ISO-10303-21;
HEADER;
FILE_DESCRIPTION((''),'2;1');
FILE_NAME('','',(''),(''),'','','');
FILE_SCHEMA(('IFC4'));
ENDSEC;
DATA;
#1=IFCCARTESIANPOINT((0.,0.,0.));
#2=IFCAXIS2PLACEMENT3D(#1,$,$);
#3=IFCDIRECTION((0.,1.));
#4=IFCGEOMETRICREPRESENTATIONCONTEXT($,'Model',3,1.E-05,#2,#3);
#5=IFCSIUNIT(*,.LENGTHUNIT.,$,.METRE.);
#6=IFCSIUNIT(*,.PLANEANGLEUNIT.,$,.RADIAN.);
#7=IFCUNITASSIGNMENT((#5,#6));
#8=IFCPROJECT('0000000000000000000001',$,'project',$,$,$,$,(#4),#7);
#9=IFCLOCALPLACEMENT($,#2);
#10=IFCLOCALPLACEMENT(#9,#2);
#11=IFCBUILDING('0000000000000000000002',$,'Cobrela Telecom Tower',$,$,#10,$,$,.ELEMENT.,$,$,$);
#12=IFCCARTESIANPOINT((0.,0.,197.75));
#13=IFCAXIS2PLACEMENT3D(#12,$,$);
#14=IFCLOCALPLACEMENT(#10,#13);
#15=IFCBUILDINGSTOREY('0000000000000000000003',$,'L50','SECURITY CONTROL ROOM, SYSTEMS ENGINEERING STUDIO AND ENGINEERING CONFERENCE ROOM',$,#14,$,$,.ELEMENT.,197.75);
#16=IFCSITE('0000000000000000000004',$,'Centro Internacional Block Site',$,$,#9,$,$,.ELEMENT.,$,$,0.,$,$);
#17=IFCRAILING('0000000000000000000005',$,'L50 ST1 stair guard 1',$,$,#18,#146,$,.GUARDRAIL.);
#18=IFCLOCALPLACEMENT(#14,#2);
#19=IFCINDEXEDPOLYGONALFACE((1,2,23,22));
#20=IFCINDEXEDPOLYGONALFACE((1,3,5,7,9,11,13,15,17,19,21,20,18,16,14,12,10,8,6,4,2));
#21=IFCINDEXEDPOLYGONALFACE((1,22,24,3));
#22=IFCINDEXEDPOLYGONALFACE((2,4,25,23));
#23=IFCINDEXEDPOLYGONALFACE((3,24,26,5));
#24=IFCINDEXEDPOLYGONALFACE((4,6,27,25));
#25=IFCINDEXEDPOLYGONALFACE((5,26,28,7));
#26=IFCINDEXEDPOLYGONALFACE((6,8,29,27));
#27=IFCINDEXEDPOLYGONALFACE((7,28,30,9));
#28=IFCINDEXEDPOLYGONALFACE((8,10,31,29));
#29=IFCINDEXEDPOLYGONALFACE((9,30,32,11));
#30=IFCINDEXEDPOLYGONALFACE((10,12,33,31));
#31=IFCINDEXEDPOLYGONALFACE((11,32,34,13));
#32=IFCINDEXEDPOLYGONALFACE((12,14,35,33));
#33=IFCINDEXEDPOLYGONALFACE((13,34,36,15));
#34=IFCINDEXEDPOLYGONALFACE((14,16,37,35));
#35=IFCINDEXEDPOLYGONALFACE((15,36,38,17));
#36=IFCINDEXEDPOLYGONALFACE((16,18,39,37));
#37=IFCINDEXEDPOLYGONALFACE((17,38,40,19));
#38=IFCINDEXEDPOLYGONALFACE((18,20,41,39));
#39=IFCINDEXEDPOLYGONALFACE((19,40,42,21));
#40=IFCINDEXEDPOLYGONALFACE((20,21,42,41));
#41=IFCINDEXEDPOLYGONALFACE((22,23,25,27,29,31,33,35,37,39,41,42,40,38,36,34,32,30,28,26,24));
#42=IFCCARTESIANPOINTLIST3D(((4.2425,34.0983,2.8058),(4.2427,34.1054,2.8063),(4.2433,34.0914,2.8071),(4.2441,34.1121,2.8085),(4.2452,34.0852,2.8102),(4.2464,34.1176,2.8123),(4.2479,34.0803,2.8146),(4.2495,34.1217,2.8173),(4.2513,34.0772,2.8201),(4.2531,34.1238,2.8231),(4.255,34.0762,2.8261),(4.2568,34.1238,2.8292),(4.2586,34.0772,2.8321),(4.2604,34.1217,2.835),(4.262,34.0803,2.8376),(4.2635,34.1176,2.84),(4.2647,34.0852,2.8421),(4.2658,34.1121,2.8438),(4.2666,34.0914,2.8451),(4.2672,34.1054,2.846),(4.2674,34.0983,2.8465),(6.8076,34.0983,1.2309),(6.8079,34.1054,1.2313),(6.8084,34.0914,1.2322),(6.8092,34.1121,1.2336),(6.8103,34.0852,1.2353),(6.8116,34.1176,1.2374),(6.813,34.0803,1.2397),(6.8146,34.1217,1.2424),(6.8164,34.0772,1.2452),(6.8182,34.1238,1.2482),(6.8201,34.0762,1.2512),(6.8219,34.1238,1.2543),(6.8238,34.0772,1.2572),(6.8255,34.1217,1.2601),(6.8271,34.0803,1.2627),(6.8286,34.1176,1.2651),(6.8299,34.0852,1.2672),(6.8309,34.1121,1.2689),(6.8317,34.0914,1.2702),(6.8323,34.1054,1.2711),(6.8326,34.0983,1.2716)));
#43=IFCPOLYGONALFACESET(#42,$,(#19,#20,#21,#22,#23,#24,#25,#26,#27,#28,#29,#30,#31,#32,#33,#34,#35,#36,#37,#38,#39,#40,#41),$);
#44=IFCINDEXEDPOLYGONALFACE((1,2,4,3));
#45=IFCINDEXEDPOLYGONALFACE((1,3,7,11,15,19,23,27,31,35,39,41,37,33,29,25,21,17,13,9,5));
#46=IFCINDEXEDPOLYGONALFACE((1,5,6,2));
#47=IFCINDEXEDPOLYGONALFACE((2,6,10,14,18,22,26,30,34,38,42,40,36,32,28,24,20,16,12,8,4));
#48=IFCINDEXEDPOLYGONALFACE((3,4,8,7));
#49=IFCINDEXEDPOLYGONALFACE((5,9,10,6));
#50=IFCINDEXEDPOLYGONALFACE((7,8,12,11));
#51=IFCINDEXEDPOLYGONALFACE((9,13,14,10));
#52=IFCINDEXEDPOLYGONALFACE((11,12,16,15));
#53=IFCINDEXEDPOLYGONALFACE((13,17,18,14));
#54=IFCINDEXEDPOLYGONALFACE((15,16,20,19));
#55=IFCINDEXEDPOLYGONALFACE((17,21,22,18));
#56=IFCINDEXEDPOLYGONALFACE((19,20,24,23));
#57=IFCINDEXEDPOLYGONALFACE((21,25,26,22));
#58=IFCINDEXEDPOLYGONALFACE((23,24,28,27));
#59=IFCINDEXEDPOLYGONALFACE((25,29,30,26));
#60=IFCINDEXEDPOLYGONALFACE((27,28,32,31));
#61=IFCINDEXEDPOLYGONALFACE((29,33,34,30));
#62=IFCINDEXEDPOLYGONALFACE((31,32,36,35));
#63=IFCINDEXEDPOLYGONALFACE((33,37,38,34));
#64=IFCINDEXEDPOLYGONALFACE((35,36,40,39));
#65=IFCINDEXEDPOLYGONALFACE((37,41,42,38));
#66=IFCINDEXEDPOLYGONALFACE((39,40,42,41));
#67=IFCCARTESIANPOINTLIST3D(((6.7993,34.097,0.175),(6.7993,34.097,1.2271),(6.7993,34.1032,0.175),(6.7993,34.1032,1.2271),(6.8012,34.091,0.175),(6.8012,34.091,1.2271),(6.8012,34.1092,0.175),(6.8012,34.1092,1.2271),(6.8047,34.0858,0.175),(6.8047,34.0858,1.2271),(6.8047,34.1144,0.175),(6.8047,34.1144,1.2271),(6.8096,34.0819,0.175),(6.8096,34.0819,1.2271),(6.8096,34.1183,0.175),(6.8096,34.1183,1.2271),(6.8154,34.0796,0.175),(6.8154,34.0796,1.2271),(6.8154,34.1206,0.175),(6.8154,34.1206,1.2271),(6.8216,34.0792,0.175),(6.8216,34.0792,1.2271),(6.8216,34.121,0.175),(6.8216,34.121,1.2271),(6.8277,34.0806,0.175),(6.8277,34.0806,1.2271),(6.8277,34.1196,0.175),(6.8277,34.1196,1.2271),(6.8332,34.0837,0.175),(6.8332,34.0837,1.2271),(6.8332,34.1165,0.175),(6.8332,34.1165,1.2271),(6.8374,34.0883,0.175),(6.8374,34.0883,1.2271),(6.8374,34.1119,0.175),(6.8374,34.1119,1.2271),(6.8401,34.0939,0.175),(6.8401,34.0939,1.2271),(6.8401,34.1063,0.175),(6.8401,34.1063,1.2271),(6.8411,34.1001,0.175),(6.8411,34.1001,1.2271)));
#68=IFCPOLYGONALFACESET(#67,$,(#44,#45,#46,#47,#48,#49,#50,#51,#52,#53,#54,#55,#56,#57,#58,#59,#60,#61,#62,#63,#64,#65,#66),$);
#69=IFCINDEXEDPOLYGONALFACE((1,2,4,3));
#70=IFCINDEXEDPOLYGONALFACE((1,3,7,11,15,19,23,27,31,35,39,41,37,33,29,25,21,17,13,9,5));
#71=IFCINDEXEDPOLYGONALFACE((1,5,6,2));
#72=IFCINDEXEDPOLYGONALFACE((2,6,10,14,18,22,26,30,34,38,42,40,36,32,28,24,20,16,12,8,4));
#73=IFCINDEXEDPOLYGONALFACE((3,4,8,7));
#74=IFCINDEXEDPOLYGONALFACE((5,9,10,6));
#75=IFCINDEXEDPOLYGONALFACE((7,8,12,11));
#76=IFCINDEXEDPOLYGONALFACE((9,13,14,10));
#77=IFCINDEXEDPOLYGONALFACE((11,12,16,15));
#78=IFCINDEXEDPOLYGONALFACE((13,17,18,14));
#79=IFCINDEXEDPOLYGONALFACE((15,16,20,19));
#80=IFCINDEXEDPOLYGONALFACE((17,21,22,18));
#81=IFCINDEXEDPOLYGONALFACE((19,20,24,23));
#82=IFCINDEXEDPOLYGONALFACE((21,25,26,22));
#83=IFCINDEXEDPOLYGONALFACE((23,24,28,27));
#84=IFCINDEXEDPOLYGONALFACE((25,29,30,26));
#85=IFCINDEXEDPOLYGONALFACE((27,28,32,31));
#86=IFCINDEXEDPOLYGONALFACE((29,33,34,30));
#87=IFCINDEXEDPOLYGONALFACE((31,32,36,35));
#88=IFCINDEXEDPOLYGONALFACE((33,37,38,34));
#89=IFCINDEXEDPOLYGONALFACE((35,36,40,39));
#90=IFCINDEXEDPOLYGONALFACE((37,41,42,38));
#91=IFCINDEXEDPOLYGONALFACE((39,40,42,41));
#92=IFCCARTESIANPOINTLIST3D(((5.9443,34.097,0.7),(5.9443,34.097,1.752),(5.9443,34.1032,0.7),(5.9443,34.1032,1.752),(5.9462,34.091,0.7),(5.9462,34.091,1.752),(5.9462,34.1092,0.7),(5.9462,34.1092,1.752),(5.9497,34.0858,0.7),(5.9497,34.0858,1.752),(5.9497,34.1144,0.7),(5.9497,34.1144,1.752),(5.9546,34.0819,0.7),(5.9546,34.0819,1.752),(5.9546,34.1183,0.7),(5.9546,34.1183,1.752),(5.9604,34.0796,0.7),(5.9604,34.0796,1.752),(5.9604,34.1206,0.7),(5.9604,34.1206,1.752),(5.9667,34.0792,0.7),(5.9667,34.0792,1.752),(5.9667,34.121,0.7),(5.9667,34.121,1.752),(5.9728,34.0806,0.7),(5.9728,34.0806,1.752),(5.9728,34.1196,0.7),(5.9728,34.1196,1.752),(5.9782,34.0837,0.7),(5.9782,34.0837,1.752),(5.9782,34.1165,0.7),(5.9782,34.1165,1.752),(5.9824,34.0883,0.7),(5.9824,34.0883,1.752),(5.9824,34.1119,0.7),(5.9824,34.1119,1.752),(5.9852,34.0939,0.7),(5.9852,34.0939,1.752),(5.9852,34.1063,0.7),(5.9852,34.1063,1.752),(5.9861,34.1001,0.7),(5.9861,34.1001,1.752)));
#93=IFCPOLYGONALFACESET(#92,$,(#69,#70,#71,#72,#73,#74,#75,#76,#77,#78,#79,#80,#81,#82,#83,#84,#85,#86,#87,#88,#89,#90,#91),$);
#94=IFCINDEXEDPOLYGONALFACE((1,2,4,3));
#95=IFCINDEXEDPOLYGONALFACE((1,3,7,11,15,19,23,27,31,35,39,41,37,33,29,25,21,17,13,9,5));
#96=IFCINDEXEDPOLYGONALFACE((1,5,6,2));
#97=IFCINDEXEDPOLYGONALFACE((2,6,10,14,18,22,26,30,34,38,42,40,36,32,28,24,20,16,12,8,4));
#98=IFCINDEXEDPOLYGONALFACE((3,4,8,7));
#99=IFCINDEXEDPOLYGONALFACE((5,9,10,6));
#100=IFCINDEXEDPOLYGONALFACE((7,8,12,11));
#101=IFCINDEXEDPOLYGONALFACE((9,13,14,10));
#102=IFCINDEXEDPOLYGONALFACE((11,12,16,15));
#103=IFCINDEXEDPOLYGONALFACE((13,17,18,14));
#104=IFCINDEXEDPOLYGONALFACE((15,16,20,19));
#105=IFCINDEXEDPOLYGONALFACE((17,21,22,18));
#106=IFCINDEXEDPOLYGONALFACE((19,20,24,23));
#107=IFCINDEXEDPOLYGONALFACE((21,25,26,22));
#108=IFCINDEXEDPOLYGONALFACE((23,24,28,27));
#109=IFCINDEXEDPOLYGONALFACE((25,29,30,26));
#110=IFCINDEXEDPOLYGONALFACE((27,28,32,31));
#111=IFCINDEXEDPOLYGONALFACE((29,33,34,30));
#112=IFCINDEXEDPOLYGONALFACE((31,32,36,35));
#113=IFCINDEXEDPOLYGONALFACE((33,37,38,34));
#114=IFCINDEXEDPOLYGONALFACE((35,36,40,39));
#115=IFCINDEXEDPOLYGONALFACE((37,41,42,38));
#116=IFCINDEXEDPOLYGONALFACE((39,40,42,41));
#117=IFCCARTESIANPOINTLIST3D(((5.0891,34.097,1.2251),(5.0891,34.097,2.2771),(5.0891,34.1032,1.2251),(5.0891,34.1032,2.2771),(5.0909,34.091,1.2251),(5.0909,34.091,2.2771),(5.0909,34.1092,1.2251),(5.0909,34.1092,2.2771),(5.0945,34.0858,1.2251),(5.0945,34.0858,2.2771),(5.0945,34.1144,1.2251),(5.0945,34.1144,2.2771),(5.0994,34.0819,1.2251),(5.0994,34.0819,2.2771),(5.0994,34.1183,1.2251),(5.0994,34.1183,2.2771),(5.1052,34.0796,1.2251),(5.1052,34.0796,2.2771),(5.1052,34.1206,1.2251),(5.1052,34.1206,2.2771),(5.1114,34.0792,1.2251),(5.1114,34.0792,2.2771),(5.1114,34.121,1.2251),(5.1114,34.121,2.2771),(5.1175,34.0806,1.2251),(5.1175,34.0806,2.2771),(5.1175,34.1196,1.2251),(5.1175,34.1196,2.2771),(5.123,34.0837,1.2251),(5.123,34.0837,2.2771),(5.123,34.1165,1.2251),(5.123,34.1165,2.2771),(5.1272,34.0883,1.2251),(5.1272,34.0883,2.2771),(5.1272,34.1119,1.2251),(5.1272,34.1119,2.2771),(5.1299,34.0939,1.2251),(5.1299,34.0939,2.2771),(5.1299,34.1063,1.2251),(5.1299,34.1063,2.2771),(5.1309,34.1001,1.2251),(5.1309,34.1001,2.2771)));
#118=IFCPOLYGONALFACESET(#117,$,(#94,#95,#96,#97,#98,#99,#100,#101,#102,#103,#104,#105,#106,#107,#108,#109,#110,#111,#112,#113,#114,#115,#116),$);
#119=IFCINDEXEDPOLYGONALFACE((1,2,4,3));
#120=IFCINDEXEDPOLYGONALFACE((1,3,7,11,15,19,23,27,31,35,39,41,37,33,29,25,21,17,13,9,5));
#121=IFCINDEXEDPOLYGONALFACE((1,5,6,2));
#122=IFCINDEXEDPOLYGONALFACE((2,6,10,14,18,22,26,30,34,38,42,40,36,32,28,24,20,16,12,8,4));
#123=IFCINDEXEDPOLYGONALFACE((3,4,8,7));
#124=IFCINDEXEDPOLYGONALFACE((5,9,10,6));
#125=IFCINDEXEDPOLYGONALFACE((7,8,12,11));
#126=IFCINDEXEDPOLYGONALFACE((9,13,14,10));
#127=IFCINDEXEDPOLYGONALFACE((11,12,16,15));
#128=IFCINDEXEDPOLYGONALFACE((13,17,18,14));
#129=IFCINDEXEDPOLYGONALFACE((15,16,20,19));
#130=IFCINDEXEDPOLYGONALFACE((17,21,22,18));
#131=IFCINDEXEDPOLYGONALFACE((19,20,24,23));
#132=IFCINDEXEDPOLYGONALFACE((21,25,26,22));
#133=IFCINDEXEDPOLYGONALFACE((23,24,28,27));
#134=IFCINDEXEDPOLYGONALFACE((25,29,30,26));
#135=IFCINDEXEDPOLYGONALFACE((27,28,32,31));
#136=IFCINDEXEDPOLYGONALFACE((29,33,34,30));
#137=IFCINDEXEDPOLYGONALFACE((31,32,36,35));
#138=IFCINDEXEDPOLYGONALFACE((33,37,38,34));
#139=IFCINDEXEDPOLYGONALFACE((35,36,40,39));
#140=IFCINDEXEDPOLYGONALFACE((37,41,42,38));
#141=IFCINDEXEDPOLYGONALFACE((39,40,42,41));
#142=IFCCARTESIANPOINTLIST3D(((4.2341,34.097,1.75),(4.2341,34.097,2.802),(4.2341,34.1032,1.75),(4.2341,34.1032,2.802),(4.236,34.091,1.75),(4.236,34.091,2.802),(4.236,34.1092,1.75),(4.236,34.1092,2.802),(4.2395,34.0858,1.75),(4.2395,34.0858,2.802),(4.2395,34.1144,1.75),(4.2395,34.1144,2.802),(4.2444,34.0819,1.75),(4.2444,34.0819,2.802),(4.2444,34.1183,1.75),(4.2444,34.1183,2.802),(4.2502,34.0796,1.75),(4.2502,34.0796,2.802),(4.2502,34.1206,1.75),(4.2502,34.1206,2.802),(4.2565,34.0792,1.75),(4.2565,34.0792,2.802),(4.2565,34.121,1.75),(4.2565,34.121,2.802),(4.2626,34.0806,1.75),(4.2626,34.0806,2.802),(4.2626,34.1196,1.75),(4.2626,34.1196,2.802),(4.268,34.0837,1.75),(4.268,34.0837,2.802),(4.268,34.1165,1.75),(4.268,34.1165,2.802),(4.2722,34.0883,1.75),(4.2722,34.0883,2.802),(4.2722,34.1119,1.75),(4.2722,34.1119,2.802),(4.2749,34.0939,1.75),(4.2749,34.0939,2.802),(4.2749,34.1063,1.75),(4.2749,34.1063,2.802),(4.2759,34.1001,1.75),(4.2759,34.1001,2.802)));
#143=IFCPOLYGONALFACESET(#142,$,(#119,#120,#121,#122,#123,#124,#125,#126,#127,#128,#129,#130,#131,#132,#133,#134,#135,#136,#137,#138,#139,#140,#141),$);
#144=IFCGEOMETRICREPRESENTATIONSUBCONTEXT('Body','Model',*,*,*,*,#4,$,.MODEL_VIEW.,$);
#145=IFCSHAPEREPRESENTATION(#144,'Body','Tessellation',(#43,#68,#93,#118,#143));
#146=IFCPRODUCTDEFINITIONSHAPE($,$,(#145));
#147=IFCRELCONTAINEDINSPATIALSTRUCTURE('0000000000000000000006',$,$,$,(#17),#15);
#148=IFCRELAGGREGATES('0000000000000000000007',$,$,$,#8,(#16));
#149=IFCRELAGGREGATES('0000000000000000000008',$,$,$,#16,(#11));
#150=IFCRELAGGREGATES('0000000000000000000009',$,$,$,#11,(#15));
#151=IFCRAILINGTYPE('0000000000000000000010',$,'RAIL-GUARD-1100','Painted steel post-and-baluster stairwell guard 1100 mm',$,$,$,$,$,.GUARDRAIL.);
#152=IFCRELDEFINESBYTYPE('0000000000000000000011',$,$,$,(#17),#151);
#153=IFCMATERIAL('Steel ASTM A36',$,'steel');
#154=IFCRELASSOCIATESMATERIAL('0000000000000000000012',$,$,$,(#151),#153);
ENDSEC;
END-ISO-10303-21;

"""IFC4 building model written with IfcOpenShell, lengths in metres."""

from ifc_helpers import new_model, si_unit, direction, frame, origin, origin_2d, place, context, subcontext, project, spatial, circle, extrude, material, type_object, element, save


model = new_model("IFC4")

# Units and contexts
model_context = context("Model", 3, precision=1e-05, world=origin(), true_north=direction((0.0, 1.0)))
body_context = subcontext(model_context, "Body", "Model", "MODEL_VIEW")
ifc_project = project(units=[si_unit("LENGTHUNIT", "METRE"), si_unit("PLANEANGLEUNIT", "RADIAN")], contexts=[model_context])

# Site, building, storey
site_placement = place(None, origin())
site = spatial("IfcSite", under=ifc_project, at=site_placement, Name="Centro Internacional Block Site", CompositionType="ELEMENT", RefElevation=0.0)
building_placement = place(site_placement, origin())
building = spatial("IfcBuilding", under=site, at=building_placement, Name="Cobrela Telecom Tower", CompositionType="ELEMENT")
storey_placement = place(building_placement, frame((0.0, 0.0, 197.75)))
storey = spatial("IfcBuildingStorey", under=building, at=storey_placement, Name="L50", Description="SECURITY CONTROL ROOM, SYSTEMS ENGINEERING STUDIO AND ENGINEERING CONFERENCE ROOM", CompositionType="ELEMENT", Elevation=197.75)

# Shared definitions
ifc_material_1 = material(Name="Steel ASTM A36", Category="steel")

# Railing
railing_type_1 = type_object("IfcRailingType", Name="RAIL-GUARD-1100", Description="Painted steel post-and-baluster stairwell guard 1100 mm", PredefinedType="GUARDRAIL", material=ifc_material_1)
railing_1_placement = place(storey_placement, frame((6.8201, 34.1001, 0.175)))
element("IfcRailing", 1, at=railing_1_placement, inside=storey, type_object=railing_type_1, Name="L50 ST1 stair guard 1", PredefinedType="GUARDRAIL", context=body_context, shape_type="SweptSolid", body=[
    extrude(circle(Radius=0.0239, at=origin_2d()), frame((0.0, 0.0, 1.0762), z_axis=(-0.852195, 0.0, 0.523224), x_axis=(0.0, -1.0, 0.0)), (0.0, 0.0, 1.0), 3.01),
    extrude(circle(Radius=0.021, at=origin_2d()), origin(), (0.0, 0.0, 1.0), 1.052),
    extrude(circle(Radius=0.021, at=origin_2d()), frame((-0.855, 0.0, 0.5249)), (0.0, 0.0, 1.0), 1.052),
    extrude(circle(Radius=0.021, at=origin_2d()), frame((-1.7102, 0.0, 1.05)), (0.0, 0.0, 1.0), 1.052),
    extrude(circle(Radius=0.021, at=origin_2d()), frame((-2.5652, 0.0, 1.575)), (0.0, 0.0, 1.0), 1.052),
])

save(model, "model.ifc")
